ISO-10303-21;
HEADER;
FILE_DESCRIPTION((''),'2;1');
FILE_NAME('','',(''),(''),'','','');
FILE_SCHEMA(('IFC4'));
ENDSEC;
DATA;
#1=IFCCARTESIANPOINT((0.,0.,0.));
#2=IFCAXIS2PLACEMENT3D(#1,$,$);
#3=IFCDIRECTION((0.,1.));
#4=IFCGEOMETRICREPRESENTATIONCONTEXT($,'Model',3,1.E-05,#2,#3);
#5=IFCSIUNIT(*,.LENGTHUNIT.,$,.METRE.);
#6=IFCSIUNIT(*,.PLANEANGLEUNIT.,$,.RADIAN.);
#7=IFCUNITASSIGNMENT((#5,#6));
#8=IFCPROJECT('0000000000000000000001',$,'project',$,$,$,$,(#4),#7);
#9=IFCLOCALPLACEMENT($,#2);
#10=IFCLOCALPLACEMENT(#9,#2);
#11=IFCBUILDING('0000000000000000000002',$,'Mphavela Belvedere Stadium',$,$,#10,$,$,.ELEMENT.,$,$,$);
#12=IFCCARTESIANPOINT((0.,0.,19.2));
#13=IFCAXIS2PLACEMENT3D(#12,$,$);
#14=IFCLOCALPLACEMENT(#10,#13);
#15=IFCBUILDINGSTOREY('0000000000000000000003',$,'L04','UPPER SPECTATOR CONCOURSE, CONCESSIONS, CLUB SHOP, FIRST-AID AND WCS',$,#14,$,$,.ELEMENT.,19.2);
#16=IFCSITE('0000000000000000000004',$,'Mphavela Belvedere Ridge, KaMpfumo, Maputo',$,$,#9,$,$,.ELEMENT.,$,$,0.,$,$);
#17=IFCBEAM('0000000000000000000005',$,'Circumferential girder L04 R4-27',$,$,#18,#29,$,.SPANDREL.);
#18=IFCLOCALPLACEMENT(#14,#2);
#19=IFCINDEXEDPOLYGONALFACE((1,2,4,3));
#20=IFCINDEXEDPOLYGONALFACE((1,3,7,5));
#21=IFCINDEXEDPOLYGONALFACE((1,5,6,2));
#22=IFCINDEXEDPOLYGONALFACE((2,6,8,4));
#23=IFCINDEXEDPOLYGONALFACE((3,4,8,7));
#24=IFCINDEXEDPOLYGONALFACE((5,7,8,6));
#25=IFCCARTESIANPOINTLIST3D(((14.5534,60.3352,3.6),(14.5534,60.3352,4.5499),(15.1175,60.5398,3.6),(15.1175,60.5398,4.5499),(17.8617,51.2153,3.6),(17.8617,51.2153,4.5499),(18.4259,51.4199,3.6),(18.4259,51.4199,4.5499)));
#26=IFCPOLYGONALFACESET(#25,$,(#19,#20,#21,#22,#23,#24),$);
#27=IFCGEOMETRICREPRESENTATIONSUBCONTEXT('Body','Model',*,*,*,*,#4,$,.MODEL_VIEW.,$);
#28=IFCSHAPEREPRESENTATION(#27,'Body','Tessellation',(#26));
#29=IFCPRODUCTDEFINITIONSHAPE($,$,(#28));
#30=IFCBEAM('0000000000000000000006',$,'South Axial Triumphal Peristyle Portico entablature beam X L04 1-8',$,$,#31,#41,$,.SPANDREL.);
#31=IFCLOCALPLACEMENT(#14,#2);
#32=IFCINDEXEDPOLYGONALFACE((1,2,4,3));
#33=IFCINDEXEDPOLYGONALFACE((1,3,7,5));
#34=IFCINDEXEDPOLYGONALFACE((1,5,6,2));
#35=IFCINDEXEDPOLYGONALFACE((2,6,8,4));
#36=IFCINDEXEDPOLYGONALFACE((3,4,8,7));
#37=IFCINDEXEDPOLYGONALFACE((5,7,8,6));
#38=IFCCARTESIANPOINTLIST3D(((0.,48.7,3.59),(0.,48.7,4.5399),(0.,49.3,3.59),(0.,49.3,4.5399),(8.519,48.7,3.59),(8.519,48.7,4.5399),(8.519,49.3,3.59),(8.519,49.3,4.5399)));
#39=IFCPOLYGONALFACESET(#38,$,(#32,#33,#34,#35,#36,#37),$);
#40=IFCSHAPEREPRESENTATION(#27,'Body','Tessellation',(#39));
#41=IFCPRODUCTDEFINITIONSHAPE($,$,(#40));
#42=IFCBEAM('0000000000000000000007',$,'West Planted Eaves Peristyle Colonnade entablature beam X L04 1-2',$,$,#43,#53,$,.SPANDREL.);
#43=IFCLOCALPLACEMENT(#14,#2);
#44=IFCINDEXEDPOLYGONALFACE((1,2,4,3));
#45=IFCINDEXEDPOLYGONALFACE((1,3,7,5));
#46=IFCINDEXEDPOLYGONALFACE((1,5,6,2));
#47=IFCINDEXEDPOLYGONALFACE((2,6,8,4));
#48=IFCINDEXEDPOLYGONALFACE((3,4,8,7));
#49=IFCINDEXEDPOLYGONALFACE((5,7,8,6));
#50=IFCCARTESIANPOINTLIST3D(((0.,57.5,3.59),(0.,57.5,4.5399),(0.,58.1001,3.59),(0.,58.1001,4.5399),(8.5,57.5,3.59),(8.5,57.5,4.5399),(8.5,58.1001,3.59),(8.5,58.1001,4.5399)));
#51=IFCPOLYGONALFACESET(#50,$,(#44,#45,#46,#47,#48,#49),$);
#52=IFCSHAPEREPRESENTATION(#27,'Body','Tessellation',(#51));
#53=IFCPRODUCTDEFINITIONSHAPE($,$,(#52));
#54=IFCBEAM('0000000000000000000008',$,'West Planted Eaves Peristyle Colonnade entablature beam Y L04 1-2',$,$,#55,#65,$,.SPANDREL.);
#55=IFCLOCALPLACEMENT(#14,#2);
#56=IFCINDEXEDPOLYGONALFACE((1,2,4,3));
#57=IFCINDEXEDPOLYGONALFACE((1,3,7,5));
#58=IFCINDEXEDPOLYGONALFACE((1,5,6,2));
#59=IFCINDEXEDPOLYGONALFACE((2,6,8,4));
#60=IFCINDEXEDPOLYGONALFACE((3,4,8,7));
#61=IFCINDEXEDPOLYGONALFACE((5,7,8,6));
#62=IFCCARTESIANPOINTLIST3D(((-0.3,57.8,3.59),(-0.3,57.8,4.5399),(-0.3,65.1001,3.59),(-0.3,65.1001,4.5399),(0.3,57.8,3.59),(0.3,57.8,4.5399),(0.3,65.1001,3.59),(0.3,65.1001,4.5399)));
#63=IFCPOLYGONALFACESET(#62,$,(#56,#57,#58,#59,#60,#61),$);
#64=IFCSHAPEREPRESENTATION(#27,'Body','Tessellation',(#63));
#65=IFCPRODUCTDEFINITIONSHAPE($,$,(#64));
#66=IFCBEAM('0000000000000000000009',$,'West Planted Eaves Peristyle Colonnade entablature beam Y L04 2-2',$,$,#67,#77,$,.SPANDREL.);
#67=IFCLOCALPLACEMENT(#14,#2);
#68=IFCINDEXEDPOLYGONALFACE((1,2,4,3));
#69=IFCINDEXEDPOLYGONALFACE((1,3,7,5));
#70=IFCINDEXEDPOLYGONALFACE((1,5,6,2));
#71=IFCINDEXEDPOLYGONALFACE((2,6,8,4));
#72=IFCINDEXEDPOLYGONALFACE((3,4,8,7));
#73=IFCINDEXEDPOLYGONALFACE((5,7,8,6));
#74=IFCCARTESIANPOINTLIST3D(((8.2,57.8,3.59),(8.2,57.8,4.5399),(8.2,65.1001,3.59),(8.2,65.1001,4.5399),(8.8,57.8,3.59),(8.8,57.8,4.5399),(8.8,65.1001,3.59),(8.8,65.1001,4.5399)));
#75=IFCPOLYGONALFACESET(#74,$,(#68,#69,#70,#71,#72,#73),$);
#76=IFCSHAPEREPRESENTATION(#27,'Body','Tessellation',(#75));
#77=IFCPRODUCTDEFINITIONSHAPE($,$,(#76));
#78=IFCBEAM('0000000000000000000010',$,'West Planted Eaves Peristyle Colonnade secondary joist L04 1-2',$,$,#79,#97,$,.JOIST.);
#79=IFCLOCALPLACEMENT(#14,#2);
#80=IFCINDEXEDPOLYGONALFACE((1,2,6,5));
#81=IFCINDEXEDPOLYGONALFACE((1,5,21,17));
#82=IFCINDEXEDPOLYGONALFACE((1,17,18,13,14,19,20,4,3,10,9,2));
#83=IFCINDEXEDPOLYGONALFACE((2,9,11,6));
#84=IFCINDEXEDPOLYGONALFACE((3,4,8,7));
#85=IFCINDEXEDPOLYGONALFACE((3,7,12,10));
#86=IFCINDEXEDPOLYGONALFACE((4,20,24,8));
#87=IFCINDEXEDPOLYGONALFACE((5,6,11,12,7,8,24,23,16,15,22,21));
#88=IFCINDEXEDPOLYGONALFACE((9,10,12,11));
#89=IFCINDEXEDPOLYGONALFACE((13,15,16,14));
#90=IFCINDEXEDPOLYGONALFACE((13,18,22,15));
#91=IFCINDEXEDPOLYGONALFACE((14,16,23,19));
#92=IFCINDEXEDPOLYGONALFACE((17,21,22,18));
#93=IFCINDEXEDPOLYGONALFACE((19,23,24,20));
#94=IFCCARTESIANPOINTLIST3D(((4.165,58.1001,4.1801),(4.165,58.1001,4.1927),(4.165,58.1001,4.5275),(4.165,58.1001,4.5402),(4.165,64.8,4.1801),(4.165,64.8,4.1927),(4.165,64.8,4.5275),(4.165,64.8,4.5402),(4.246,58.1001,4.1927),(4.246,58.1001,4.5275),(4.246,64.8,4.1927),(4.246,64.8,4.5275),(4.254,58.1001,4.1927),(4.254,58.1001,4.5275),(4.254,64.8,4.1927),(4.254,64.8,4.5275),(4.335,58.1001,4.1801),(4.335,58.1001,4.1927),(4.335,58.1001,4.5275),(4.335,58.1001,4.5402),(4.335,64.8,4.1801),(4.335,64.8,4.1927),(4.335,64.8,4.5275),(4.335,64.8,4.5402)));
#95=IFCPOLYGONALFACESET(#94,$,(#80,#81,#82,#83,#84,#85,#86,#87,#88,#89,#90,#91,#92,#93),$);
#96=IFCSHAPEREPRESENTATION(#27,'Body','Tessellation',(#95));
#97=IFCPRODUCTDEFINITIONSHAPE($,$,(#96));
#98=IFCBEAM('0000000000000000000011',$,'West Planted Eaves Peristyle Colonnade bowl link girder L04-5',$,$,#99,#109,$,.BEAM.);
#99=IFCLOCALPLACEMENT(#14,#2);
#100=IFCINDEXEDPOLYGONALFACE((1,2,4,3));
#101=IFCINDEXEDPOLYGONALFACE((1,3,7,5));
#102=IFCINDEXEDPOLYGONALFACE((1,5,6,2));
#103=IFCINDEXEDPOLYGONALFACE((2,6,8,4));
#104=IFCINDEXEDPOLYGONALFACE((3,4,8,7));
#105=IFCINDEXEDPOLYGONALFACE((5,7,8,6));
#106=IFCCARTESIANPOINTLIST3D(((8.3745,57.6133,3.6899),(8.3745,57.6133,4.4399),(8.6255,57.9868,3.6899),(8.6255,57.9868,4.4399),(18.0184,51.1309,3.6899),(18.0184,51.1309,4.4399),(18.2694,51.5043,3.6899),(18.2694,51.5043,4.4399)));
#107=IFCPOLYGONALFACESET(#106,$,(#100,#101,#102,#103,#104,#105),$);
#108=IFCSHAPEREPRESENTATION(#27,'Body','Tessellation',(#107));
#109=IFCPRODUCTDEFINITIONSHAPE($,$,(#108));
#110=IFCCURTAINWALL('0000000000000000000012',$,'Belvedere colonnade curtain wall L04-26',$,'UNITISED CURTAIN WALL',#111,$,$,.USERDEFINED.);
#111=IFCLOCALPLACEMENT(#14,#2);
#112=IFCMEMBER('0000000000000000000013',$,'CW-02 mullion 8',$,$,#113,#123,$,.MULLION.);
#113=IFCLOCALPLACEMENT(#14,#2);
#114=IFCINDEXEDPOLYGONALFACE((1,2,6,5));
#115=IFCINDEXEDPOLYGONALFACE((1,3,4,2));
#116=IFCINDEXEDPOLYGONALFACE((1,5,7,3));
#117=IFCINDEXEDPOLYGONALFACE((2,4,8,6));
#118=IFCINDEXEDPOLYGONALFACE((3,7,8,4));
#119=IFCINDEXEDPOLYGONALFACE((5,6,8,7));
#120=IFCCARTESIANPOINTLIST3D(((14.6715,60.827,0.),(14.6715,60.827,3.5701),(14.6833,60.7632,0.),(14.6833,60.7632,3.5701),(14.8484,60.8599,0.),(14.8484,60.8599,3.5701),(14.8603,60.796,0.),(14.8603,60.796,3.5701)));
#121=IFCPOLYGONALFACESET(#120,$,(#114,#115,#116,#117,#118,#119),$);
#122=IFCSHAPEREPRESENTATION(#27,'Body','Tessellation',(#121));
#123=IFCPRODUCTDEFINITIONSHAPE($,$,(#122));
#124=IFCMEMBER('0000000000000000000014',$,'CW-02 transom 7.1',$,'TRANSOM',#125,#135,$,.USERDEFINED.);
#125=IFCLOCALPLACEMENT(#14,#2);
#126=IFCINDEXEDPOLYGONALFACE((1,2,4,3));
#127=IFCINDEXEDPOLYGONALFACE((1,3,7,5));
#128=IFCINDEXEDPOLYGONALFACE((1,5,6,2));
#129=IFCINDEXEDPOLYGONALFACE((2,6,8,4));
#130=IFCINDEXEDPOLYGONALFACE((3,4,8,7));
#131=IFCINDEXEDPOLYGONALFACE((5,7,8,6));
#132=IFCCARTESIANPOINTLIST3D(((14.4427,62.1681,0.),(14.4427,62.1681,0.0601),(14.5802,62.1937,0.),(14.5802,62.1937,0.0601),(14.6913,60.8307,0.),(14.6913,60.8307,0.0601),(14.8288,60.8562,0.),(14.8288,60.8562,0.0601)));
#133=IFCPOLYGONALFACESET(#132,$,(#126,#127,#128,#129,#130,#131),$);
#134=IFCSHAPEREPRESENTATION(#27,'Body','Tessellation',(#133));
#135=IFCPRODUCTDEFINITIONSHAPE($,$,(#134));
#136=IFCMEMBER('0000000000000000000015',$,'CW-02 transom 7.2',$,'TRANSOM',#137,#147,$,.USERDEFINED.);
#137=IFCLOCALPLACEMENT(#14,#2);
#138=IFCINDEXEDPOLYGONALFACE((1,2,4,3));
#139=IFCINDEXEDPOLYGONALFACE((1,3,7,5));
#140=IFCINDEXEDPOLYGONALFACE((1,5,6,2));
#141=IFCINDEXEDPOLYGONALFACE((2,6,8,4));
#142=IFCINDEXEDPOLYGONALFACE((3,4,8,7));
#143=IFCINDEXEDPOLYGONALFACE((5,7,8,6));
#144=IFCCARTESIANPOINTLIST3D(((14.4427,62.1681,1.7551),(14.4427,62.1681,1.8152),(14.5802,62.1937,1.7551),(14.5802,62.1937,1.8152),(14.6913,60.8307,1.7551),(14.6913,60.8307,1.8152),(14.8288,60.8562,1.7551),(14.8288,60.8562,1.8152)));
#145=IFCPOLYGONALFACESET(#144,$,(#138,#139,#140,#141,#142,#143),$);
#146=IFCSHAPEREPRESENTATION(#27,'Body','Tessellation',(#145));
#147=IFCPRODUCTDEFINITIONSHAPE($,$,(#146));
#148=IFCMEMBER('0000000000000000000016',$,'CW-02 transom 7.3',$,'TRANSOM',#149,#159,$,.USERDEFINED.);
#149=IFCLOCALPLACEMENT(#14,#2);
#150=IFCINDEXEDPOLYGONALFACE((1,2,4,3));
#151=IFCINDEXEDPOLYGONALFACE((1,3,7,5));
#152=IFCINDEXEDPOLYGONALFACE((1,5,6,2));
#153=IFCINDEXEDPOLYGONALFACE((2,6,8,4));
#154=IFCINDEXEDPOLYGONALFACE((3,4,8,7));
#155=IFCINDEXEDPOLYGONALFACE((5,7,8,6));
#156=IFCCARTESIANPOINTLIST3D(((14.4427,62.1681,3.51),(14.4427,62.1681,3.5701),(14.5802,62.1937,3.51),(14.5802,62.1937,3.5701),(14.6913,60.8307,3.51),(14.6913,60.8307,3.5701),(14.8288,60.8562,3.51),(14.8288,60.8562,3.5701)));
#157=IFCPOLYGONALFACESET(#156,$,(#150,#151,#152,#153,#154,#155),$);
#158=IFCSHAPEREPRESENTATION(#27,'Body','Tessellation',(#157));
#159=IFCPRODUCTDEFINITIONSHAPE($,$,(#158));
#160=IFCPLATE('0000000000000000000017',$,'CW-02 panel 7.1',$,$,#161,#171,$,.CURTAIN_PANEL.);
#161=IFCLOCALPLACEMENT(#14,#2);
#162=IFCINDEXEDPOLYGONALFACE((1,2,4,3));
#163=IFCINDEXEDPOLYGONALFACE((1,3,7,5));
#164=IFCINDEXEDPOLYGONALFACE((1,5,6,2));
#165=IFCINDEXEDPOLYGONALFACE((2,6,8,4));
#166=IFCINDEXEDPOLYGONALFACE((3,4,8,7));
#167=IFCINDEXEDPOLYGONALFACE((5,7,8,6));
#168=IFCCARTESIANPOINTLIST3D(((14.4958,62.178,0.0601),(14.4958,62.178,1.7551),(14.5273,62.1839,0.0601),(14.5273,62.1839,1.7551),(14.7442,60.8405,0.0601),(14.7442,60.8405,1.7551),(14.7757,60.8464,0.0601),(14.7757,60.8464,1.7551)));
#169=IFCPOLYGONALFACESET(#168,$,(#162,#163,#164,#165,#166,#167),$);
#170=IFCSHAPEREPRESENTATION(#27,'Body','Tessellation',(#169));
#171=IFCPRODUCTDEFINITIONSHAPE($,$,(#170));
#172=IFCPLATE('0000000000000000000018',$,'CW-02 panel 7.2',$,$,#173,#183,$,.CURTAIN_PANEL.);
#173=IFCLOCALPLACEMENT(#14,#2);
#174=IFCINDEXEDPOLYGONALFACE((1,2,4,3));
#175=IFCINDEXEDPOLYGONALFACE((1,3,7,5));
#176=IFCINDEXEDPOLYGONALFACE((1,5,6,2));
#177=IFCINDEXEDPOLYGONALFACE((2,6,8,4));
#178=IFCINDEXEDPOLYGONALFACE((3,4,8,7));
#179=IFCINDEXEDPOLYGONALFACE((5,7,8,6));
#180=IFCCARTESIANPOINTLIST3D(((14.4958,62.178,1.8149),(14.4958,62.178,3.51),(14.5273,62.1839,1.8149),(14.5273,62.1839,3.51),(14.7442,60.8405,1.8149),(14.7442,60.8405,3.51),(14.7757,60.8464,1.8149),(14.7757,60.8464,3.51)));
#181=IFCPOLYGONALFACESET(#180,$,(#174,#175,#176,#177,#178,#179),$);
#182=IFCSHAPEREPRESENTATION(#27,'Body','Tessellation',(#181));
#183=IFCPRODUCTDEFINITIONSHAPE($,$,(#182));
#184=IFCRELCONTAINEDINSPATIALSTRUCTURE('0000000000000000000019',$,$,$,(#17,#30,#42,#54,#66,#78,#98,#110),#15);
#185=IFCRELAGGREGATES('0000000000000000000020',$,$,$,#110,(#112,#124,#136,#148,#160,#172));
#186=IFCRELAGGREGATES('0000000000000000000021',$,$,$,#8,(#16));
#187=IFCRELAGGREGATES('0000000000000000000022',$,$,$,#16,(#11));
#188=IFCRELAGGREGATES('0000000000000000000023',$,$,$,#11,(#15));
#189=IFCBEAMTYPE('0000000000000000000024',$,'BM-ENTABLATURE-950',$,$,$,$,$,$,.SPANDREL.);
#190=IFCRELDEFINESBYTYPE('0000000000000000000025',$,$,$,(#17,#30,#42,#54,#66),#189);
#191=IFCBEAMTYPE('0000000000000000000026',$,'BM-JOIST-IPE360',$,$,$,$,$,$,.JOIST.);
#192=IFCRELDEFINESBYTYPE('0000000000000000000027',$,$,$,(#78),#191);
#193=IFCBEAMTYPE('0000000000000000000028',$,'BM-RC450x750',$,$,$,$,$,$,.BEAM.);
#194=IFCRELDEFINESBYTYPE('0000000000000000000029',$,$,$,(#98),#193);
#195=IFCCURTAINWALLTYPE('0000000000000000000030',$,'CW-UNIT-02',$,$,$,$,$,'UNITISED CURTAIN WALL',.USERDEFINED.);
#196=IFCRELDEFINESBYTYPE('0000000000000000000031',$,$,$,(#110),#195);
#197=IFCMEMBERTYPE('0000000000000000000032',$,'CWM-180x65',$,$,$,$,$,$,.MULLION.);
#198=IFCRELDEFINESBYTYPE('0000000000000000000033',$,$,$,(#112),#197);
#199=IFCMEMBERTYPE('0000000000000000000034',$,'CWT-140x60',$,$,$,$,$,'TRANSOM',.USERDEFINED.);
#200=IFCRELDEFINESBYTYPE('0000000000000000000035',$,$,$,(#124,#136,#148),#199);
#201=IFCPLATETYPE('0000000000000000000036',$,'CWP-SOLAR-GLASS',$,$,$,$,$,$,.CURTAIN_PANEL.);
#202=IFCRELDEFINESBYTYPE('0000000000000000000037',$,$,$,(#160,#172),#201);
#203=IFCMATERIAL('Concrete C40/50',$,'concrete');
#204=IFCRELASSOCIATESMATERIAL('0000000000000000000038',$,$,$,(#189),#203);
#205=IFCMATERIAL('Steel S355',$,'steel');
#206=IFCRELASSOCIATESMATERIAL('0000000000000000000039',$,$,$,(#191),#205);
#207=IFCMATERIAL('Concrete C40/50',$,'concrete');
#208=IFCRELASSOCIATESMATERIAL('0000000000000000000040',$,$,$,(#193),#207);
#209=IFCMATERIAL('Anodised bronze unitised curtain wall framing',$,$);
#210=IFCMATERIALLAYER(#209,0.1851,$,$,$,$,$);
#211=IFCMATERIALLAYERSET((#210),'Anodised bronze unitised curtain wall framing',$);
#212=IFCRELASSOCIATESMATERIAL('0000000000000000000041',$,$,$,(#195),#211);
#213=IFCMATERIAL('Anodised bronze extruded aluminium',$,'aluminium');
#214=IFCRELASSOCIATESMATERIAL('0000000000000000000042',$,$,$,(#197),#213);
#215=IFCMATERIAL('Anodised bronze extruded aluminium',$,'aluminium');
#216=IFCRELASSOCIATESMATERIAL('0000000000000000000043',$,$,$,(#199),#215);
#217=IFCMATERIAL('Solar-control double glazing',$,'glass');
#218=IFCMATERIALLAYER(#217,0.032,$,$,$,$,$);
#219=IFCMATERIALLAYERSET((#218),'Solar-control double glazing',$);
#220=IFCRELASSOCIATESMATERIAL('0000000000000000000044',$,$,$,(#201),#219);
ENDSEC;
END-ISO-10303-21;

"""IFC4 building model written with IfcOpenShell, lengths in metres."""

from ifc_helpers import new_model, si_unit, direction, frame, origin, origin_2d, place, context, subcontext, project, spatial, rectangle, i_section, extrude, material, layer, layer_set, material_profile, profile_set, type_object, element, aggregate, save


model = new_model("IFC4")

# Units and contexts
model_context = context("Model", 3, precision=1e-05, world=origin(), true_north=direction((0.0, 1.0)))
body_context = subcontext(model_context, "Body", "Model", "MODEL_VIEW")
ifc_project = project(units=[si_unit("LENGTHUNIT", "METRE"), si_unit("PLANEANGLEUNIT", "RADIAN")], contexts=[model_context])

# Site, building, storey
site_placement = place(None, origin())
site = spatial("IfcSite", under=ifc_project, at=site_placement, Name="Mphavela Belvedere Ridge, KaMpfumo, Maputo", CompositionType="ELEMENT", RefElevation=0.0)
building_placement = place(site_placement, origin())
building = spatial("IfcBuilding", under=site, at=building_placement, Name="Mphavela Belvedere Stadium", CompositionType="ELEMENT")
storey_placement = place(building_placement, frame((0.0, 0.0, 19.2)))
storey = spatial("IfcBuildingStorey", under=building, at=storey_placement, Name="L04", Description="UPPER SPECTATOR CONCOURSE, CONCESSIONS, CLUB SHOP, FIRST-AID AND WCS", CompositionType="ELEMENT", Elevation=19.2)

# Beams
ifc_material_1 = material(Name="Concrete C40/50", Category="concrete")
ifc_material_profile_1 = material_profile(ifc_material_1, rectangle(XDim=0.6001, YDim=0.95, at=origin_2d()), Name="RC 600x950")
ifc_profile_set_1 = profile_set([ifc_material_profile_1], Name="Concrete C40/50")
beam_type_1 = type_object("IfcBeamType", Name="BM-ENTABLATURE-950", PredefinedType="SPANDREL", material=ifc_profile_set_1)
beam_1_placement = place(storey_placement, frame((14.8354, 60.4375, 4.075), z_axis=(0.341018, -0.940057, 0.0), x_axis=(0.940057, 0.341018, 0.0)))
element("IfcBeam", 1, at=beam_1_placement, inside=storey, type_object=beam_type_1, Name="Circumferential girder L04 R4-27", PredefinedType="SPANDREL", context=body_context, shape_type="SweptSolid", body=[
    extrude(rectangle(XDim=0.6001, YDim=0.95, at=origin_2d()), origin(), (0.0, 0.0, 1.0), 9.7014),
])
beam_2_placement = place(storey_placement, frame((0.0, 49.0, 4.0649), z_axis=(1.0, 0.0, 0.0), x_axis=(0.0, 1.0, 0.0)))
element("IfcBeam", 2, at=beam_2_placement, inside=storey, type_object=beam_type_1, Name="South Axial Triumphal Peristyle Portico entablature beam X L04 1-8", PredefinedType="SPANDREL", context=body_context, shape_type="SweptSolid", body=[
    extrude(rectangle(XDim=0.6001, YDim=0.95, at=origin_2d()), origin(), (0.0, 0.0, 1.0), 8.519),
])
beam_3_placement = place(storey_placement, frame((0.0, 57.8, 4.0649), z_axis=(1.0, 0.0, 0.0), x_axis=(0.0, 1.0, 0.0)))
element("IfcBeam", 3, at=beam_3_placement, inside=storey, type_object=beam_type_1, Name="West Planted Eaves Peristyle Colonnade entablature beam X L04 1-2", PredefinedType="SPANDREL", context=body_context, shape_type="SweptSolid", body=[
    extrude(rectangle(XDim=0.6001, YDim=0.95, at=origin_2d()), origin(), (0.0, 0.0, 1.0), 8.5),
])
for number, where, z_axis, x_axis, name in (
    (4, (0.0, 57.8, 4.0649), (0.0, 1.0, 0.0), (-1.0, 0.0, 0.0), "West Planted Eaves Peristyle Colonnade entablature beam Y L04 1-2"),
    (5, (8.5, 57.8, 4.0649), (0.0, 1.0, 0.0), (-1.0, 0.0, 0.0), "West Planted Eaves Peristyle Colonnade entablature beam Y L04 2-2"),
):
    element("IfcBeam", number, at=place(storey_placement, frame(where, z_axis=z_axis, x_axis=x_axis)), inside=storey, type_object=beam_type_1, Name=name, PredefinedType="SPANDREL", context=body_context, shape_type="SweptSolid", body=[
        extrude(rectangle(XDim=0.6001, YDim=0.95, at=origin_2d()), origin(), (0.0, 0.0, 1.0), 7.3),
    ])
ifc_material_2 = material(Name="Steel S355", Category="steel")
ifc_material_profile_2 = material_profile(ifc_material_2, i_section(OverallWidth=0.1699, OverallDepth=0.3601, WebThickness=0.0081, FlangeThickness=0.0127, at=origin_2d()), Name="IPE 360")
ifc_profile_set_2 = profile_set([ifc_material_profile_2], Name="Steel S355")
beam_type_2 = type_object("IfcBeamType", Name="BM-JOIST-IPE360", PredefinedType="JOIST", material=ifc_profile_set_2)
beam_4_placement = place(storey_placement, frame((4.25, 58.1001, 4.3601), z_axis=(0.0, 1.0, 0.0), x_axis=(-1.0, 0.0, 0.0)))
element("IfcBeam", 6, at=beam_4_placement, inside=storey, type_object=beam_type_2, Name="West Planted Eaves Peristyle Colonnade secondary joist L04 1-2", PredefinedType="JOIST", context=body_context, shape_type="SweptSolid", body=[
    extrude(i_section(OverallWidth=0.1699, OverallDepth=0.3601, WebThickness=0.0081, FlangeThickness=0.0127, at=origin_2d()), origin(), (0.0, 0.0, 1.0), 6.7),
])
ifc_material_3 = material(Name="Concrete C40/50", Category="concrete")
ifc_material_profile_3 = material_profile(ifc_material_3, rectangle(XDim=0.45, YDim=0.75, at=origin_2d()), Name="RC 450x750")
ifc_profile_set_3 = profile_set([ifc_material_profile_3], Name="Concrete C40/50")
beam_type_3 = type_object("IfcBeamType", Name="BM-RC450x750", PredefinedType="BEAM", material=ifc_profile_set_3)
beam_5_placement = place(storey_placement, frame((8.5, 57.8, 4.0649), z_axis=(0.82993, -0.557867, 0.0), x_axis=(0.557867, 0.82993, 0.0)))
element("IfcBeam", 7, at=beam_5_placement, inside=storey, type_object=beam_type_3, Name="West Planted Eaves Peristyle Colonnade bowl link girder L04-5", PredefinedType="BEAM", context=body_context, shape_type="SweptSolid", body=[
    extrude(rectangle(XDim=0.45, YDim=0.75, at=origin_2d()), origin(), (0.0, 0.0, 1.0), 11.6201),
])

# Curtain wall, members, plates
ifc_material_4 = material(Name="Anodised bronze unitised curtain wall framing")
ifc_layer_1 = layer(ifc_material_4, 0.1851)
ifc_layer_set_1 = layer_set([ifc_layer_1], Name="Anodised bronze unitised curtain wall framing")
curtain_wall_type = type_object("IfcCurtainWallType", Name="CW-UNIT-02", ElementType="UNITISED CURTAIN WALL", PredefinedType="USERDEFINED", material=ifc_layer_set_1)
curtain_wall_placement = place(storey_placement, origin())
curtain_wall = element("IfcCurtainWall", 8, at=curtain_wall_placement, inside=storey, type_object=curtain_wall_type, Name="Belvedere colonnade curtain wall L04-26", ObjectType="UNITISED CURTAIN WALL", PredefinedType="USERDEFINED")
ifc_material_5 = material(Name="Anodised bronze extruded aluminium", Category="aluminium")
ifc_material_profile_4 = material_profile(ifc_material_5, rectangle(XDim=0.1799, YDim=0.0649, at=origin_2d()), Name="CW-MUL 180x65")
ifc_profile_set_4 = profile_set([ifc_material_profile_4], Name="Anodised bronze extruded aluminium")
member_type_1 = type_object("IfcMemberType", Name="CWM-180x65", PredefinedType="MULLION", material=ifc_profile_set_4)
member_1_placement = place(storey_placement, frame((14.7659, 60.8115, 0.0), z_axis=(0.0, 0.0, 1.0), x_axis=(0.983184, 0.182618, 0.0)))
member_1 = element("IfcMember", 9, at=member_1_placement, type_object=member_type_1, Name="CW-02 mullion 8", PredefinedType="MULLION", context=body_context, shape_type="SweptSolid", body=[
    extrude(rectangle(XDim=0.1799, YDim=0.0649, at=origin_2d()), origin(), (0.0, 0.0, 1.0), 3.5701),
])
ifc_material_6 = material(Name="Anodised bronze extruded aluminium", Category="aluminium")
ifc_material_profile_5 = material_profile(ifc_material_6, rectangle(XDim=0.1399, YDim=0.0601, at=origin_2d()), Name="CW-TRN 140x60")
ifc_profile_set_5 = profile_set([ifc_material_profile_5], Name="Anodised bronze extruded aluminium")
member_type_2 = type_object("IfcMemberType", Name="CWT-140x60", ElementType="TRANSOM", PredefinedType="USERDEFINED", material=ifc_profile_set_5)
member_2_placement = place(storey_placement, frame((14.5115, 62.1809, 0.03), z_axis=(0.182706, -0.983168, 0.0), x_axis=(0.983168, 0.182706, 0.0)))
member_2 = element("IfcMember", 10, at=member_2_placement, type_object=member_type_2, Name="CW-02 transom 7.1", ObjectType="TRANSOM", PredefinedType="USERDEFINED", context=body_context, shape_type="SweptSolid", body=[
    extrude(rectangle(XDim=0.1399, YDim=0.0601, at=origin_2d()), origin(), (0.0, 0.0, 1.0), 1.3604),
])
member_3_placement = place(storey_placement, frame((14.5115, 62.1809, 1.7852), z_axis=(0.182706, -0.983168, 0.0), x_axis=(0.983168, 0.182706, 0.0)))
member_3 = element("IfcMember", 11, at=member_3_placement, type_object=member_type_2, Name="CW-02 transom 7.2", ObjectType="TRANSOM", PredefinedType="USERDEFINED", context=body_context, shape_type="SweptSolid", body=[
    extrude(rectangle(XDim=0.1399, YDim=0.0601, at=origin_2d()), origin(), (0.0, 0.0, 1.0), 1.3604),
])
member_4_placement = place(storey_placement, frame((14.5115, 62.1809, 3.54), z_axis=(0.182706, -0.983168, 0.0), x_axis=(0.983168, 0.182706, 0.0)))
member_4 = element("IfcMember", 12, at=member_4_placement, type_object=member_type_2, Name="CW-02 transom 7.3", ObjectType="TRANSOM", PredefinedType="USERDEFINED", context=body_context, shape_type="SweptSolid", body=[
    extrude(rectangle(XDim=0.1399, YDim=0.0601, at=origin_2d()), origin(), (0.0, 0.0, 1.0), 1.3604),
])
ifc_material_7 = material(Name="Solar-control double glazing", Category="glass")
ifc_layer_2 = layer(ifc_material_7, 0.032)
ifc_layer_set_2 = layer_set([ifc_layer_2], Name="Solar-control double glazing")
plate_type = type_object("IfcPlateType", Name="CWP-SOLAR-GLASS", PredefinedType="CURTAIN_PANEL", material=ifc_layer_set_2)
plate_1_placement = place(storey_placement, frame((14.6357, 61.5122, 0.0601), z_axis=(0.0, 0.0, 1.0), x_axis=(0.182618, -0.983184, 0.0)))
plate_1 = element("IfcPlate", 13, at=plate_1_placement, type_object=plate_type, Name="CW-02 panel 7.1", PredefinedType="CURTAIN_PANEL", context=body_context, shape_type="SweptSolid", body=[
    extrude(rectangle(XDim=1.3604, YDim=0.032, at=origin_2d()), origin(), (0.0, 0.0, 1.0), 1.6951),
])
plate_2_placement = place(storey_placement, frame((14.6357, 61.5122, 1.8149), z_axis=(0.0, 0.0, 1.0), x_axis=(0.182618, -0.983184, 0.0)))
plate_2 = element("IfcPlate", 14, at=plate_2_placement, type_object=plate_type, Name="CW-02 panel 7.2", PredefinedType="CURTAIN_PANEL", context=body_context, shape_type="SweptSolid", body=[
    extrude(rectangle(XDim=1.3604, YDim=0.032, at=origin_2d()), origin(), (0.0, 0.0, 1.0), 1.6951),
])
aggregate(curtain_wall, [member_1, member_2, member_3, member_4, plate_1, plate_2])

save(model, "model.ifc")
